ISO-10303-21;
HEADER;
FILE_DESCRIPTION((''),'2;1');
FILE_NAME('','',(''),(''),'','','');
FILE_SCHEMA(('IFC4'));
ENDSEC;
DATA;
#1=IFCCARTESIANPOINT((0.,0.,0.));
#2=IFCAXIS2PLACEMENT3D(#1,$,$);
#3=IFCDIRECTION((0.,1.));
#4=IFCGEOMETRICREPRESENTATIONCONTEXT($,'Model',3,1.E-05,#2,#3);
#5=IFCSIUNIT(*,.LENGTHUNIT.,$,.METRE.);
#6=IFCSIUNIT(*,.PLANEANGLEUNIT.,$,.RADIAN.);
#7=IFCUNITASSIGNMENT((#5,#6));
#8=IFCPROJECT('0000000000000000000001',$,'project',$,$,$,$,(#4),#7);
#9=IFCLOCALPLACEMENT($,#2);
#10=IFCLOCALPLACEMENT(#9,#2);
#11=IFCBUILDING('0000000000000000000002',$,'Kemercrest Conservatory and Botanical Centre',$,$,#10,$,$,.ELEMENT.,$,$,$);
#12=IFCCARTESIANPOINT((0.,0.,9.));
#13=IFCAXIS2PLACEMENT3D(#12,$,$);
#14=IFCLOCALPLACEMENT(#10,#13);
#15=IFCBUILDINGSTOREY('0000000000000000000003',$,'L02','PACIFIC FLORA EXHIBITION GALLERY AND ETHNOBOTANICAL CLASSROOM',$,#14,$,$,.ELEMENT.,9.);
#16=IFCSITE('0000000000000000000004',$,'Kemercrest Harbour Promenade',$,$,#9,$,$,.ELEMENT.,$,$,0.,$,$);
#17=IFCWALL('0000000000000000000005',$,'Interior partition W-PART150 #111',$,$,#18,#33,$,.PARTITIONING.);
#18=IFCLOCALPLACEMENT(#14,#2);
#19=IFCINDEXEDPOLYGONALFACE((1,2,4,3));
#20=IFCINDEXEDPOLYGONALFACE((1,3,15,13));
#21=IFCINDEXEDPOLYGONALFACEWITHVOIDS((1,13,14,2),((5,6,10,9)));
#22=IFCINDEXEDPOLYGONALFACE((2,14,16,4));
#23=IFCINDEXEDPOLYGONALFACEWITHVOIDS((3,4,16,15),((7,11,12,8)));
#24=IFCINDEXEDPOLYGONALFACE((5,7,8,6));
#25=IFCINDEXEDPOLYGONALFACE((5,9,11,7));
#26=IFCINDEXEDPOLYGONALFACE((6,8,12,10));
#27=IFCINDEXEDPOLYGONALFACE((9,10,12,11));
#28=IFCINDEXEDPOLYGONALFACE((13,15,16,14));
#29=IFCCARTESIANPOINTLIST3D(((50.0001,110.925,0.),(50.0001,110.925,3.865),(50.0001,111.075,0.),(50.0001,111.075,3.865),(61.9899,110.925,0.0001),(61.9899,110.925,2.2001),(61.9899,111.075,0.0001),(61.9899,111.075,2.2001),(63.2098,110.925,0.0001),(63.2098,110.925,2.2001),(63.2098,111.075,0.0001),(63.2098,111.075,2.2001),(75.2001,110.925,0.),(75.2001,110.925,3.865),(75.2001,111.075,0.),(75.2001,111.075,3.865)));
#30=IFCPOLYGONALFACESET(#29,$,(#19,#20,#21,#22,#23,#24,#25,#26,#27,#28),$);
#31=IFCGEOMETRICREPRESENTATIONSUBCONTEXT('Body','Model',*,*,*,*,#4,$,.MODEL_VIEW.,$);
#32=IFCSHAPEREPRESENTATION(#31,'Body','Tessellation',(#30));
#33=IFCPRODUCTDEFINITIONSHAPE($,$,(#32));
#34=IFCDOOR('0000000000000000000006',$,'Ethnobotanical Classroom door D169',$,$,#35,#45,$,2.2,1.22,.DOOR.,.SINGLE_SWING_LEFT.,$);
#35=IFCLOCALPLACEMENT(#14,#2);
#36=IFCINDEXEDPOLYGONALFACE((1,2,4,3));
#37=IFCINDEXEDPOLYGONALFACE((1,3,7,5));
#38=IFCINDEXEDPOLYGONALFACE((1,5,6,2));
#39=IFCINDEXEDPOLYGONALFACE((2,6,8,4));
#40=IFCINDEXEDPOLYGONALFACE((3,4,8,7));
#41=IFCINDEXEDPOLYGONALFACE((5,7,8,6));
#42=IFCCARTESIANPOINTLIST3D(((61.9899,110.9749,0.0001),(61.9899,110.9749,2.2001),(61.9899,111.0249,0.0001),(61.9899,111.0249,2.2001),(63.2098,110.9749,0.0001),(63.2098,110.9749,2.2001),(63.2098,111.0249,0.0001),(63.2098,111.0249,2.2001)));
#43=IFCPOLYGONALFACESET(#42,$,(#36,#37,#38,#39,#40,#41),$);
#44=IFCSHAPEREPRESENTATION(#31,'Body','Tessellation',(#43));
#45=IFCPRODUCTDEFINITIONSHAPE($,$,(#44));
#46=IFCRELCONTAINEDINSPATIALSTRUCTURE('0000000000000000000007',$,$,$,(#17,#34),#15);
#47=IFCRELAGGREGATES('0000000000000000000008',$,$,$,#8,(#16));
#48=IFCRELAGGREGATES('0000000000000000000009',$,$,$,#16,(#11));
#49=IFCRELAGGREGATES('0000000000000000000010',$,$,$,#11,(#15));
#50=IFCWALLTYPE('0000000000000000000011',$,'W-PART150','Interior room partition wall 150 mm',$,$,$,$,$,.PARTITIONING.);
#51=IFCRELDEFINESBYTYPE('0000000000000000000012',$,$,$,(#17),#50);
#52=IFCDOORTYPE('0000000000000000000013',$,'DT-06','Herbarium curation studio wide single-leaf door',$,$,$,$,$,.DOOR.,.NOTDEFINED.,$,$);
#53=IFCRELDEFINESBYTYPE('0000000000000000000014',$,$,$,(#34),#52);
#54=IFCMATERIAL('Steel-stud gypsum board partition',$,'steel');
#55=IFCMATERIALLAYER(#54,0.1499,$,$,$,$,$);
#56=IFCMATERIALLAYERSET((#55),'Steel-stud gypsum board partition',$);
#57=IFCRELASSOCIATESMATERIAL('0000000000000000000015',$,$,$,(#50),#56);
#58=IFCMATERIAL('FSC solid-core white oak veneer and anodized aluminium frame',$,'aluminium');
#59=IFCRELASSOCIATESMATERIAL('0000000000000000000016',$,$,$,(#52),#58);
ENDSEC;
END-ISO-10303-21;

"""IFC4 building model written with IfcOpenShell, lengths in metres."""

from ifc_helpers import new_model, si_unit, direction, frame, frame_2d, origin, place, context, subcontext, project, spatial, rectangle, extrude, material, layer, layer_set, type_object, element, fill, save


model = new_model("IFC4")

# Units and contexts
model_context = context("Model", 3, precision=1e-05, world=origin(), true_north=direction((0.0, 1.0)))
body_context = subcontext(model_context, "Body", "Model", "MODEL_VIEW")
ifc_project = project(units=[si_unit("LENGTHUNIT", "METRE"), si_unit("PLANEANGLEUNIT", "RADIAN")], contexts=[model_context])

# Site, building, storey
site_placement = place(None, origin())
site = spatial("IfcSite", under=ifc_project, at=site_placement, Name="Kemercrest Harbour Promenade", CompositionType="ELEMENT", RefElevation=0.0)
building_placement = place(site_placement, origin())
building = spatial("IfcBuilding", under=site, at=building_placement, Name="Kemercrest Conservatory and Botanical Centre", CompositionType="ELEMENT")
storey_placement = place(building_placement, frame((0.0, 0.0, 9.0)))
storey = spatial("IfcBuildingStorey", under=building, at=storey_placement, Name="L02", Description="PACIFIC FLORA EXHIBITION GALLERY AND ETHNOBOTANICAL CLASSROOM", CompositionType="ELEMENT", Elevation=9.0)

# Wall, opening, door
ifc_material_1 = material(Name="Steel-stud gypsum board partition", Category="steel")
ifc_layer = layer(ifc_material_1, 0.1499)
ifc_layer_set = layer_set([ifc_layer], Name="Steel-stud gypsum board partition")
wall_type = type_object("IfcWallType", Name="W-PART150", Description="Interior room partition wall 150 mm", PredefinedType="PARTITIONING", material=ifc_layer_set)
wall_placement = place(storey_placement, frame((50.0, 111.0, 0.0), z_axis=(0.0, 0.0, 1.0), x_axis=(1.0, 0.0, 0.0)))
wall = element("IfcWall", 1, at=wall_placement, inside=storey, type_object=wall_type, Name="Interior partition W-PART150 #111", PredefinedType="PARTITIONING", context=body_context, shape_type="SweptSolid", body=[
    extrude(rectangle(XDim=25.2, YDim=0.1499, at=frame_2d((12.6001, 0.0))), origin(), (0.0, 0.0, 1.0), 3.865),
])
opening_placement = place(wall_placement, frame((11.99, 0.0, 0.0)))
opening = element("IfcOpeningElement", 2, at=opening_placement, cuts=wall, PredefinedType="OPENING", context=body_context, shape_type="SweptSolid", body=[
    extrude(rectangle(XDim=1.22, YDim=2.2, at=frame_2d((0.6099, 1.1001))), frame((0.0, 0.085, 0.0), z_axis=(0.0, -1.0, 0.0), x_axis=(1.0, 0.0, 0.0)), (0.0, 0.0, 1.0), 0.1699),
])
ifc_material_2 = material(Name="FSC solid-core white oak veneer and anodized aluminium frame", Category="aluminium")
door_type = type_object("IfcDoorType", Name="DT-06", Description="Herbarium curation studio wide single-leaf door", OperationType="NOTDEFINED", PredefinedType="DOOR", material=ifc_material_2)
door_placement = place(opening_placement, origin())
door = element("IfcDoor", 3, at=door_placement, inside=storey, type_object=door_type, Name="Ethnobotanical Classroom door D169", OperationType="SINGLE_SWING_LEFT", OverallHeight=2.2, OverallWidth=1.22, PredefinedType="DOOR", context=body_context, shape_type="SweptSolid", body=[
    extrude(rectangle(XDim=1.22, YDim=2.2, at=frame_2d((0.6099, 1.1001))), frame((0.0, 0.0249, 0.0), z_axis=(0.0, -1.0, 0.0), x_axis=(1.0, 0.0, 0.0)), (0.0, 0.0, 1.0), 0.05),
])
fill(opening, door)

save(model, "model.ifc")
